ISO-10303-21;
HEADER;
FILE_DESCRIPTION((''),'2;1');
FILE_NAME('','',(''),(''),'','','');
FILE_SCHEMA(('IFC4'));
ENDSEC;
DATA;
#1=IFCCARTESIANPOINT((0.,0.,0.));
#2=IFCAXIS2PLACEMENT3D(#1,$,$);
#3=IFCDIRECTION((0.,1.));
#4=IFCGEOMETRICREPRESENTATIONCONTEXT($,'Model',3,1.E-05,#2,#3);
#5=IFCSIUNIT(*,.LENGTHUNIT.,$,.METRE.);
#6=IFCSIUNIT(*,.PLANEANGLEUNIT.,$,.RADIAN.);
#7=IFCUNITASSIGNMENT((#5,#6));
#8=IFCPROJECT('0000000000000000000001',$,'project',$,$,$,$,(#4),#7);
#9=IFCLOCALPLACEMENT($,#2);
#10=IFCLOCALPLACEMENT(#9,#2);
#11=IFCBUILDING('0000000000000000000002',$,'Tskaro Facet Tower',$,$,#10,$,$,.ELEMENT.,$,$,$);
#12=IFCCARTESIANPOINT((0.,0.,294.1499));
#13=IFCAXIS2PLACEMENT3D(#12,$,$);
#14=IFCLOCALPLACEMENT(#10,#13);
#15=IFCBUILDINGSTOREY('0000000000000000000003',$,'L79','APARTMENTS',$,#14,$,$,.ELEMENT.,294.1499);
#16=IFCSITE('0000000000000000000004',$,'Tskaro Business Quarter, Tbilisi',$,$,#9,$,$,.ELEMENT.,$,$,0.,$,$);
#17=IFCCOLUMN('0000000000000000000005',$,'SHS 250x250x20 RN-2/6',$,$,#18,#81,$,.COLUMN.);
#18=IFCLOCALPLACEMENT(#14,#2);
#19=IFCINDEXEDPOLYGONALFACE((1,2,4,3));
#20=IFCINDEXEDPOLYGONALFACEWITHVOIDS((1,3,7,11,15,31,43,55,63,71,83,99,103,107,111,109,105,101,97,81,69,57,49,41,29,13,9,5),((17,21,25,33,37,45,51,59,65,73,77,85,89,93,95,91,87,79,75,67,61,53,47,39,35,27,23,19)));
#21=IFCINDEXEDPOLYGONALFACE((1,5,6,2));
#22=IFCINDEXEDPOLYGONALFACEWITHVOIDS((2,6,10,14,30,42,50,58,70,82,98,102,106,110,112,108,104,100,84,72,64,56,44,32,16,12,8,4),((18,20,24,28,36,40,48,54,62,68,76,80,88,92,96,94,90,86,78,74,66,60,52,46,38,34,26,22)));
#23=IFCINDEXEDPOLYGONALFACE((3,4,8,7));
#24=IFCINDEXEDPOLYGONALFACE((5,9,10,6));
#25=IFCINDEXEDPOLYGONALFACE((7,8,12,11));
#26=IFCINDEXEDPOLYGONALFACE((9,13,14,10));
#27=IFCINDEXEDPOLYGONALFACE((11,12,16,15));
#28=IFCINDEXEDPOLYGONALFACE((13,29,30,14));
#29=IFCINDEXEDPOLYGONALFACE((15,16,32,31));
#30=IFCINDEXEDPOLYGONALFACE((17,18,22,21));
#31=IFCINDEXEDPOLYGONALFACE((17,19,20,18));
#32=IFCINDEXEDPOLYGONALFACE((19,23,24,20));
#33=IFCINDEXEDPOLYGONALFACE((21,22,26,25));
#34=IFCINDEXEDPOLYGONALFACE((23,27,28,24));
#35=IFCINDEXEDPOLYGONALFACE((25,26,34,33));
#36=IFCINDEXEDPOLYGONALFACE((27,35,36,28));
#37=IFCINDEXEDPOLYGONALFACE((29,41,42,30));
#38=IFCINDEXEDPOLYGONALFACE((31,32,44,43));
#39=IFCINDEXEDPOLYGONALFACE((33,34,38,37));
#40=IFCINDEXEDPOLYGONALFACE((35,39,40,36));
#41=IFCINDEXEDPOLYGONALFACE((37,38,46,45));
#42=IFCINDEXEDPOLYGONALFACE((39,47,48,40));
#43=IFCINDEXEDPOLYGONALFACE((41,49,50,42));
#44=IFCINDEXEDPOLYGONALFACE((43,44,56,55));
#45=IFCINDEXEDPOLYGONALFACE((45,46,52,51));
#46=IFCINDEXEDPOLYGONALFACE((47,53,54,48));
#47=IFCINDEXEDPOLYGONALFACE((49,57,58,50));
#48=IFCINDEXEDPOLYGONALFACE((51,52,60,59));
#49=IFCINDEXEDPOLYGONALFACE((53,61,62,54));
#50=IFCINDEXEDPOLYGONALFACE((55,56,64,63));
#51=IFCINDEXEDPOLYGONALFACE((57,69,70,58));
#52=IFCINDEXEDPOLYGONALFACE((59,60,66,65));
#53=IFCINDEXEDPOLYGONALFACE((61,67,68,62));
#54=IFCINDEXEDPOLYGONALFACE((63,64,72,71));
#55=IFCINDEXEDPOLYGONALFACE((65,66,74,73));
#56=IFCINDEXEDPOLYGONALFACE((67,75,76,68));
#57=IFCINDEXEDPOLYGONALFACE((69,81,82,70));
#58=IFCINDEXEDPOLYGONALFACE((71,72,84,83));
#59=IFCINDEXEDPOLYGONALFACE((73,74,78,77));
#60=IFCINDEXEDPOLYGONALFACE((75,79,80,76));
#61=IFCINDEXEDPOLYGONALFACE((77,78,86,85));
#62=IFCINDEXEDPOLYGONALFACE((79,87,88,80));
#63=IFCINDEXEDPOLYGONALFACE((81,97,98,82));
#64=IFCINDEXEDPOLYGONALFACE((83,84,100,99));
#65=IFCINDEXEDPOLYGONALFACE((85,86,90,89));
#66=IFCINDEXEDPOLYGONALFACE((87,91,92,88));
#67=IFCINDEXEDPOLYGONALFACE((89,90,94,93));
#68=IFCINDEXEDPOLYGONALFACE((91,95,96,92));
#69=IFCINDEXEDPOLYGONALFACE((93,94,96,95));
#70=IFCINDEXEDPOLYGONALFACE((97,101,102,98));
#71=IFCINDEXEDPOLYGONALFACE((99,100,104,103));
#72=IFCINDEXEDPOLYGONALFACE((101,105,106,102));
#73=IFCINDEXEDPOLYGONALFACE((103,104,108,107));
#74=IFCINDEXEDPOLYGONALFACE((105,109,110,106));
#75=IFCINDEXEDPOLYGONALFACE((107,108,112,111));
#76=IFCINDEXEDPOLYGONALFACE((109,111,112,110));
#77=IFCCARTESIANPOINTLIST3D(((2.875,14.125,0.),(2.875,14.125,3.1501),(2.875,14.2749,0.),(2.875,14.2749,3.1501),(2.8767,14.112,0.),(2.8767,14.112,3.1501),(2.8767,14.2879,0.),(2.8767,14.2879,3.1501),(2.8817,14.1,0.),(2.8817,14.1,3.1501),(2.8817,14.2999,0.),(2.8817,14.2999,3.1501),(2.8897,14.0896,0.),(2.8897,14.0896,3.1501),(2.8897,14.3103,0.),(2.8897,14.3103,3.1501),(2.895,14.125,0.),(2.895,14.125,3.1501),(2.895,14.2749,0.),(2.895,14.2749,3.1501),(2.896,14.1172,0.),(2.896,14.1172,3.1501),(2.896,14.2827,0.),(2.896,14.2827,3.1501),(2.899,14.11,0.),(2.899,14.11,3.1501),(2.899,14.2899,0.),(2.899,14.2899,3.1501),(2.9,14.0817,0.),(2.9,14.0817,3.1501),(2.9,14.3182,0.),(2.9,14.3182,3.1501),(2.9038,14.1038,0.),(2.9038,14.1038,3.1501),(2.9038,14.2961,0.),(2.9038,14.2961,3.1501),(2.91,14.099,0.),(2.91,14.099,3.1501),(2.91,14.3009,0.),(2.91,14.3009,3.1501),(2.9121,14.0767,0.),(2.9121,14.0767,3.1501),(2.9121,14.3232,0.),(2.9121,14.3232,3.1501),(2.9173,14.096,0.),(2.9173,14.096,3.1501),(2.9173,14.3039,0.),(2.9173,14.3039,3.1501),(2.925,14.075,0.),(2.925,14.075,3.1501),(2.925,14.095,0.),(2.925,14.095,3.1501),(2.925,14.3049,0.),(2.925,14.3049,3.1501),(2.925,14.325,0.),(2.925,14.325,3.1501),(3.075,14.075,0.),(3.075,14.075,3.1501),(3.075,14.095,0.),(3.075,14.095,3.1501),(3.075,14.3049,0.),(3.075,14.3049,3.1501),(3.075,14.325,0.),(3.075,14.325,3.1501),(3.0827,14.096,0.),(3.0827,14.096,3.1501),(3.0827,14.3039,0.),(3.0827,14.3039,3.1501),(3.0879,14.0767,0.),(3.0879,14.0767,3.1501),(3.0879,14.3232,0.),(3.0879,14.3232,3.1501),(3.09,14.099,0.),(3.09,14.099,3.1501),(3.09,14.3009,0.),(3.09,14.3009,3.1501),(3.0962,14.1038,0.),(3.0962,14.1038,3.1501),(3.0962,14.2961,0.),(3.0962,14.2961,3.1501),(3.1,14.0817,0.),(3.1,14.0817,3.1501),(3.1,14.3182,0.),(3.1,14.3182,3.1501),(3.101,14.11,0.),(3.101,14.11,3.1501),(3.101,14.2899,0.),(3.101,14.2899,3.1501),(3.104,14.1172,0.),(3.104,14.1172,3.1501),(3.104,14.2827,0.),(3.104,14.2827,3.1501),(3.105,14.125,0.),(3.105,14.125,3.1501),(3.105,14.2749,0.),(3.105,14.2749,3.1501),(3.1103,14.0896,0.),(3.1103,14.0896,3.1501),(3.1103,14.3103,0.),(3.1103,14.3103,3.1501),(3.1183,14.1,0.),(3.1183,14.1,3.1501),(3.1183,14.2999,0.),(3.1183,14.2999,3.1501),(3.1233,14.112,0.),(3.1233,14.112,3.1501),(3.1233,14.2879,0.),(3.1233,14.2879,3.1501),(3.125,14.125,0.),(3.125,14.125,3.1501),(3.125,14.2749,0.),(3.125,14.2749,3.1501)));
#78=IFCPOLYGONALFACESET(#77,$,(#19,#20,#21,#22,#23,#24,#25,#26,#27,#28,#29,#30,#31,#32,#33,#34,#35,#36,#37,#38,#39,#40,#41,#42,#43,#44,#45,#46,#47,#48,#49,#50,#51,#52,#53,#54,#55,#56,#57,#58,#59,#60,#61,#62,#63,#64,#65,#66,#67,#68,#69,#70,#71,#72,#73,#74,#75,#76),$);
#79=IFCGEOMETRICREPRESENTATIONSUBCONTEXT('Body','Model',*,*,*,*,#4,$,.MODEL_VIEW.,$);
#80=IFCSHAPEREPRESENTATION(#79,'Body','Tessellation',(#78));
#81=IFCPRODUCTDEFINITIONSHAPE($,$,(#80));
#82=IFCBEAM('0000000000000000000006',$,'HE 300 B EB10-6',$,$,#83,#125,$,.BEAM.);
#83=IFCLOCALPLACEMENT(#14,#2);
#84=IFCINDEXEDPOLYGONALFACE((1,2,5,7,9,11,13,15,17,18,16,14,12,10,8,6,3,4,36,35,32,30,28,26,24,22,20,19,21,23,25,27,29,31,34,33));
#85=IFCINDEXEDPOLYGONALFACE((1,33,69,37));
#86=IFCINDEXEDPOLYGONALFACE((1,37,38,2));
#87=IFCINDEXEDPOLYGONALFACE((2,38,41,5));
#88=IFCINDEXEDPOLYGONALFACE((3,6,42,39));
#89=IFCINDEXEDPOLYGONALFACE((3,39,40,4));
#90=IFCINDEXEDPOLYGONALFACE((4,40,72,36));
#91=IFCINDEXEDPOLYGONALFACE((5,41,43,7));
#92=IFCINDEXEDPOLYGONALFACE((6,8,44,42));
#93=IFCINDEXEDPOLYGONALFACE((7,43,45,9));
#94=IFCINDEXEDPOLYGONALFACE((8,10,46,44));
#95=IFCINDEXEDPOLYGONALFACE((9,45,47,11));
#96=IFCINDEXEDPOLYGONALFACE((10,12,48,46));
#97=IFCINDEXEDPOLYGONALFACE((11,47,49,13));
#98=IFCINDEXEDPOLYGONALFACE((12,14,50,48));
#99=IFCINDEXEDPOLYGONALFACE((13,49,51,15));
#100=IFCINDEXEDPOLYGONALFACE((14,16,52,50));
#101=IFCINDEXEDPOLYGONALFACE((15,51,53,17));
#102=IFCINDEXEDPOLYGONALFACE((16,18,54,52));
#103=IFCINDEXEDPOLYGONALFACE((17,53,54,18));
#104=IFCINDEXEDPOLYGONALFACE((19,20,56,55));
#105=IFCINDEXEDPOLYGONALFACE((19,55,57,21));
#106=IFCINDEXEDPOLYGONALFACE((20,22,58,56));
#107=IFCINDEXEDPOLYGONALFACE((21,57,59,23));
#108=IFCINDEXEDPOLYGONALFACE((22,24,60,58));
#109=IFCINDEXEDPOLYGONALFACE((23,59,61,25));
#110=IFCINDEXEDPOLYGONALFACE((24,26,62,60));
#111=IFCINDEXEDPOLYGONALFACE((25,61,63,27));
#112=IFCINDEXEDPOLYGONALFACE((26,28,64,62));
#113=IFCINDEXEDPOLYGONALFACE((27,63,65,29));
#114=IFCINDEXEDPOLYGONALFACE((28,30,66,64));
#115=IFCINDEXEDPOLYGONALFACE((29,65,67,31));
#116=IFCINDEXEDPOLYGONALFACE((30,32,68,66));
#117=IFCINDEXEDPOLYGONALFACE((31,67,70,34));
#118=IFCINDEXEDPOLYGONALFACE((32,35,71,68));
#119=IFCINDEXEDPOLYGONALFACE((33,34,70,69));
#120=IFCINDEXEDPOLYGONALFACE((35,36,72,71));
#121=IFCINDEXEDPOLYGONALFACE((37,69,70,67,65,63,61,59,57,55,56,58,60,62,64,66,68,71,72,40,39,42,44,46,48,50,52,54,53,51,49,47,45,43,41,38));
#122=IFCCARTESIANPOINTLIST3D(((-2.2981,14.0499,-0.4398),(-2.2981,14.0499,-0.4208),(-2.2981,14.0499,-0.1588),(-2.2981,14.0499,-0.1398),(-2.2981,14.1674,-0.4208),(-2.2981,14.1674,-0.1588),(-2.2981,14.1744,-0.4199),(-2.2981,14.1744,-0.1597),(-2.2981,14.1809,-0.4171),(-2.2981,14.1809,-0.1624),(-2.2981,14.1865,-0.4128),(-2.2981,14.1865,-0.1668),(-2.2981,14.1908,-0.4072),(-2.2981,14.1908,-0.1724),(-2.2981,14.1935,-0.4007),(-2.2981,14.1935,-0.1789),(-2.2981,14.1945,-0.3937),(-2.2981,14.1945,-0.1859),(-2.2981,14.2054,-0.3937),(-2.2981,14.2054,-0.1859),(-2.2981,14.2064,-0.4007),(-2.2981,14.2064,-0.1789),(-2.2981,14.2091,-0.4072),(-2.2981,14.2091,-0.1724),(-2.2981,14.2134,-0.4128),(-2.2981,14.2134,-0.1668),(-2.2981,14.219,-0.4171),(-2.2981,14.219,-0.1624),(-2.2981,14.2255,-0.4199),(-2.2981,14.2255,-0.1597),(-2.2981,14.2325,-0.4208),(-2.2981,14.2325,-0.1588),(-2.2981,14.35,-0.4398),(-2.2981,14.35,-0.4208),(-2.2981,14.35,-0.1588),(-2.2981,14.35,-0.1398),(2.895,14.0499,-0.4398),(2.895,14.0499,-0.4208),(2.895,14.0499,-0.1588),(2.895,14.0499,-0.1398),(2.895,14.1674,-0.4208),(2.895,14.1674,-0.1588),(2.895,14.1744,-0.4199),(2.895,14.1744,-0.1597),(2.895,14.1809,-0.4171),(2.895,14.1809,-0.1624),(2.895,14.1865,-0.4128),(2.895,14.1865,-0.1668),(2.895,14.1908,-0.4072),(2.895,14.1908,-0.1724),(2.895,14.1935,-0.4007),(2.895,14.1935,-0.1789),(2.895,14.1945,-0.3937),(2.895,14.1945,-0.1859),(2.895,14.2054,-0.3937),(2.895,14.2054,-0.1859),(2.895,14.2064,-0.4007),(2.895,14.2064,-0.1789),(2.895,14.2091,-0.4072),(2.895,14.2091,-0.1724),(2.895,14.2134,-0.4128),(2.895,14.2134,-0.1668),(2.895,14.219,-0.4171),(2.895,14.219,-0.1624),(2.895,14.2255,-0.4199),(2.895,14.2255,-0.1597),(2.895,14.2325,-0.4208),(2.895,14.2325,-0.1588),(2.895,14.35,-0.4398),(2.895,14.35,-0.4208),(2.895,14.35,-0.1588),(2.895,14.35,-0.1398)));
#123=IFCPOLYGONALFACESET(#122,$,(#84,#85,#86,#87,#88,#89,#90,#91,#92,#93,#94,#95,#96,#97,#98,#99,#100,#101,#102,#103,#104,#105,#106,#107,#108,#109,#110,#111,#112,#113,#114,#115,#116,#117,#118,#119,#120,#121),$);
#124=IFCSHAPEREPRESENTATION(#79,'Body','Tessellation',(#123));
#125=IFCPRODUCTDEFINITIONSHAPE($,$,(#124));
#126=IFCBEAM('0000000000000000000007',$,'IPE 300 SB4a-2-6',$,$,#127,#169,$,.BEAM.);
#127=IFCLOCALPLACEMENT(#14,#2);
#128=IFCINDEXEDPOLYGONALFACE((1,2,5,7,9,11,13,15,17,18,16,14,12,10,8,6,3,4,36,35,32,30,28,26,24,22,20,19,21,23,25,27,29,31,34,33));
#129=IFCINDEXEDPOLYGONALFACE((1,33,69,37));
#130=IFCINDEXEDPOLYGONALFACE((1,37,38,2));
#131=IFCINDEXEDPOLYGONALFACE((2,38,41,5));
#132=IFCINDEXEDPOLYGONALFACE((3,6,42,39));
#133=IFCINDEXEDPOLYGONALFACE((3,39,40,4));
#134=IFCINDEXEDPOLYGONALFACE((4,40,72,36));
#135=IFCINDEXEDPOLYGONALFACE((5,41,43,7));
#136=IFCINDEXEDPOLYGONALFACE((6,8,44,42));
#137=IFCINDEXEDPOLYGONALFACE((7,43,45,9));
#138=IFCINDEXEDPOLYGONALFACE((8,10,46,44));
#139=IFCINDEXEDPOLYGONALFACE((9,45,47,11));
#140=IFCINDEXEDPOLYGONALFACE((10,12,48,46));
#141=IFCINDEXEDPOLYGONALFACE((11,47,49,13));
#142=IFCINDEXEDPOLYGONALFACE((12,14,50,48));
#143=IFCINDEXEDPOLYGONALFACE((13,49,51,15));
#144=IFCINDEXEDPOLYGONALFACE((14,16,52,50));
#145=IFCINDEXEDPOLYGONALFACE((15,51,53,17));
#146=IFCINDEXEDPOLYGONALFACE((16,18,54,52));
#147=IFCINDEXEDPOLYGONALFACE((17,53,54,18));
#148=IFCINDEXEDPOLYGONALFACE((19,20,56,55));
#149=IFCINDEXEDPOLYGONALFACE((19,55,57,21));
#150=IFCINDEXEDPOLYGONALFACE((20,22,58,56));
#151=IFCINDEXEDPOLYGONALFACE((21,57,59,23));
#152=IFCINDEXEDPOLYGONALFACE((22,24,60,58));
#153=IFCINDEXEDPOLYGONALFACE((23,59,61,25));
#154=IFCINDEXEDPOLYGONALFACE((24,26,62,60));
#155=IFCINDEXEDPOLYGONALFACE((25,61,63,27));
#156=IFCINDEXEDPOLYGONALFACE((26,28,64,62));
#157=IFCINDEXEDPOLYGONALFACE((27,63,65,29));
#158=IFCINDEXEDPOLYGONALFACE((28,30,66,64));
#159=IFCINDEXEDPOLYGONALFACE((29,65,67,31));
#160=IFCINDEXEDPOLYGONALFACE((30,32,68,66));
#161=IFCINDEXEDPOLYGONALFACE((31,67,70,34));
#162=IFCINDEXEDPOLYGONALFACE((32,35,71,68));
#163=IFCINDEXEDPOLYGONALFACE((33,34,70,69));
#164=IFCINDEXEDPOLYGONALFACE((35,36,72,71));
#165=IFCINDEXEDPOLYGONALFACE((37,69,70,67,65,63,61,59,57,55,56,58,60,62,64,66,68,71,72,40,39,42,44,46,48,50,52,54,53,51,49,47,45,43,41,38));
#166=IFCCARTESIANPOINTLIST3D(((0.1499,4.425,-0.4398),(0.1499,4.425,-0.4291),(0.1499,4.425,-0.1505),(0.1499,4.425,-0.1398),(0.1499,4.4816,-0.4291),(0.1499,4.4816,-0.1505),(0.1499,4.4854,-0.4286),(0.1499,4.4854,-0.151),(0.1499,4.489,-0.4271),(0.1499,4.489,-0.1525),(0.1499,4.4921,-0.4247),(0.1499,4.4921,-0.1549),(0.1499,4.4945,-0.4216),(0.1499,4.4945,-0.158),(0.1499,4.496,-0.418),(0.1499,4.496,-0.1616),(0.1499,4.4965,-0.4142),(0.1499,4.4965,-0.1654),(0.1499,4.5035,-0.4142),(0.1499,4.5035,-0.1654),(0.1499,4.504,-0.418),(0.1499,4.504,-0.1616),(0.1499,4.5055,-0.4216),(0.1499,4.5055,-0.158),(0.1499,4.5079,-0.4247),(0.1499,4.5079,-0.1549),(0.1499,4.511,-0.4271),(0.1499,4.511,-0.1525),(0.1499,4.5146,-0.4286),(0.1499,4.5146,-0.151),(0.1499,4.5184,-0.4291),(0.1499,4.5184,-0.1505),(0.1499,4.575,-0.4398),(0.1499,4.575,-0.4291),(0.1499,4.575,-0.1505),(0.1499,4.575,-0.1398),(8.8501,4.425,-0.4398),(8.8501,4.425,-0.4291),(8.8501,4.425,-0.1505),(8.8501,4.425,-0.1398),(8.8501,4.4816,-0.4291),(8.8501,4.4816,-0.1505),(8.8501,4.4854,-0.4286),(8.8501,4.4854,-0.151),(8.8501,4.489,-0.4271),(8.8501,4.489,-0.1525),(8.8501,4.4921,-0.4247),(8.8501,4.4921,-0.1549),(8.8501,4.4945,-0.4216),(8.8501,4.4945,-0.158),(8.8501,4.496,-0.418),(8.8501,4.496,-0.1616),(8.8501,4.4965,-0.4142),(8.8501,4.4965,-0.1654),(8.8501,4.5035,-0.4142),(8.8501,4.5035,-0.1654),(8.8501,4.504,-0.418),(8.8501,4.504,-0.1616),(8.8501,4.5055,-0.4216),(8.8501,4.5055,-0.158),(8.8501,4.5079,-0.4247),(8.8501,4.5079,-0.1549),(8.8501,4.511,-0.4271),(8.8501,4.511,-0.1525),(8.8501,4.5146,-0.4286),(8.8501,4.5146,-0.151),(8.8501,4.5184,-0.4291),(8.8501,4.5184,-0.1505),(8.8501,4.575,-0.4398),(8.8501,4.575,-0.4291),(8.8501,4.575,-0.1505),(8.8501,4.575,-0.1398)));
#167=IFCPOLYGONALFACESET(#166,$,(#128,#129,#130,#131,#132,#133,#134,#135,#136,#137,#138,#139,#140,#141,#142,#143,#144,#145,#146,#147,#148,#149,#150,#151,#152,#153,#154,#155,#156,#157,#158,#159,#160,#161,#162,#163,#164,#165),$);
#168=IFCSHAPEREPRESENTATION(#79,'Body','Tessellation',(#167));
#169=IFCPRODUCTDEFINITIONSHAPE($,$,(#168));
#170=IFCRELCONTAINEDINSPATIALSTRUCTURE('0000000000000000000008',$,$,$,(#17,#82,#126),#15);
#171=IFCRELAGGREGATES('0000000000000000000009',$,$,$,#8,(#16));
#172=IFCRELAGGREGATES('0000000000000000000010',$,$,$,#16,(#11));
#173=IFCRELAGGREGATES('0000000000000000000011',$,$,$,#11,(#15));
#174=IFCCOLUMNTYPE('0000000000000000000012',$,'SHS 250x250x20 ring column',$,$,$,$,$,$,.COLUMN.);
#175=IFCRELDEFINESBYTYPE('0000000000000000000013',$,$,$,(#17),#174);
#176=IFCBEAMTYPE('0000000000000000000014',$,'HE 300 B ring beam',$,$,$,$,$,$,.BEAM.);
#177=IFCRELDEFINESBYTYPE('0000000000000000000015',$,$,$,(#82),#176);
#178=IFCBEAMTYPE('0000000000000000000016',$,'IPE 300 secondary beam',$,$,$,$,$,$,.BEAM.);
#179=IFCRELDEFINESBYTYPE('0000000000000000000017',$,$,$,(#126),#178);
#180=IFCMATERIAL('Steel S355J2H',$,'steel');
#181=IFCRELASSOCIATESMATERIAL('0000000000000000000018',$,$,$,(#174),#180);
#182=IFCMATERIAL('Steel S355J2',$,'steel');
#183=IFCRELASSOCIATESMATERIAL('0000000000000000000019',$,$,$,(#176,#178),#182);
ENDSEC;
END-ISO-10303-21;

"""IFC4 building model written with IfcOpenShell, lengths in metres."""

from ifc_helpers import new_model, si_unit, direction, frame, origin, origin_2d, place, context, subcontext, project, spatial, hollow_rectangle, i_section, extrude, material, material_profile, profile_set, type_object, element, save


model = new_model("IFC4")

# Units and contexts
model_context = context("Model", 3, precision=1e-05, world=origin(), true_north=direction((0.0, 1.0)))
body_context = subcontext(model_context, "Body", "Model", "MODEL_VIEW")
ifc_project = project(units=[si_unit("LENGTHUNIT", "METRE"), si_unit("PLANEANGLEUNIT", "RADIAN")], contexts=[model_context])

# Site, building, storey
site_placement = place(None, origin())
site = spatial("IfcSite", under=ifc_project, at=site_placement, Name="Tskaro Business Quarter, Tbilisi", CompositionType="ELEMENT", RefElevation=0.0)
building_placement = place(site_placement, origin())
building = spatial("IfcBuilding", under=site, at=building_placement, Name="Tskaro Facet Tower", CompositionType="ELEMENT")
storey_placement = place(building_placement, frame((0.0, 0.0, 294.1499)))
storey = spatial("IfcBuildingStorey", under=building, at=storey_placement, Name="L79", Description="APARTMENTS", CompositionType="ELEMENT", Elevation=294.1499)

# Column
ifc_material_1 = material(Name="Steel S355J2H", Category="steel")
ifc_material_profile_1 = material_profile(ifc_material_1, hollow_rectangle(XDim=0.25, YDim=0.25, WallThickness=0.02, InnerFilletRadius=0.03, OuterFilletRadius=0.05, at=origin_2d()), Name="SHS 250x250x20")
ifc_profile_set_1 = profile_set([ifc_material_profile_1], Name="Steel S355J2H")
column_type = type_object("IfcColumnType", Name="SHS 250x250x20 ring column", PredefinedType="COLUMN", material=ifc_profile_set_1)
column_placement = place(storey_placement, frame((3.0, 14.2, 0.0), z_axis=(0.0, 0.0, 1.0), x_axis=(1.0, 0.0, 0.0)))
element("IfcColumn", 1, at=column_placement, inside=storey, type_object=column_type, Name="SHS 250x250x20 RN-2/6", PredefinedType="COLUMN", context=body_context, shape_type="SweptSolid", body=[
    extrude(hollow_rectangle(XDim=0.25, YDim=0.25, WallThickness=0.02, InnerFilletRadius=0.03, OuterFilletRadius=0.05, at=origin_2d()), origin(), (0.0, 0.0, 1.0), 3.1501),
])

# Beams
ifc_material_2 = material(Name="Steel S355J2", Category="steel")
ifc_material_profile_2 = material_profile(ifc_material_2, i_section(OverallWidth=0.3, OverallDepth=0.3, WebThickness=0.011, FlangeThickness=0.019, FilletRadius=0.0271, at=origin_2d()), Name="HE 300 B")
ifc_profile_set_2 = profile_set([ifc_material_profile_2], Name="Steel S355J2")
beam_type_1 = type_object("IfcBeamType", Name="HE 300 B ring beam", PredefinedType="BEAM", material=ifc_profile_set_2)
beam_1_placement = place(storey_placement, frame((2.895, 14.2, -0.2898), z_axis=(-1.0, 0.0, 0.0), x_axis=(0.0, -1.0, 0.0)))
element("IfcBeam", 2, at=beam_1_placement, inside=storey, type_object=beam_type_1, Name="HE 300 B EB10-6", PredefinedType="BEAM", context=body_context, shape_type="SweptSolid", body=[
    extrude(i_section(OverallWidth=0.3, OverallDepth=0.3, WebThickness=0.011, FlangeThickness=0.019, FilletRadius=0.0271, at=origin_2d()), origin(), (0.0, 0.0, 1.0), 5.1931),
])
ifc_material_profile_3 = material_profile(ifc_material_2, i_section(OverallWidth=0.1499, OverallDepth=0.3, WebThickness=0.0071, FlangeThickness=0.0107, FilletRadius=0.0149, at=origin_2d()), Name="IPE 300")
ifc_profile_set_3 = profile_set([ifc_material_profile_3], Name="Steel S355J2")
beam_type_2 = type_object("IfcBeamType", Name="IPE 300 secondary beam", PredefinedType="BEAM", material=ifc_profile_set_3)
beam_2_placement = place(storey_placement, frame((0.1499, 4.5, -0.2898), z_axis=(1.0, 0.0, 0.0), x_axis=(0.0, 1.0, 0.0)))
element("IfcBeam", 3, at=beam_2_placement, inside=storey, type_object=beam_type_2, Name="IPE 300 SB4a-2-6", PredefinedType="BEAM", context=body_context, shape_type="SweptSolid", body=[
    extrude(i_section(OverallWidth=0.1499, OverallDepth=0.3, WebThickness=0.0071, FlangeThickness=0.0107, FilletRadius=0.0149, at=origin_2d()), origin(), (0.0, 0.0, 1.0), 8.7002),
])

save(model, "model.ifc")
